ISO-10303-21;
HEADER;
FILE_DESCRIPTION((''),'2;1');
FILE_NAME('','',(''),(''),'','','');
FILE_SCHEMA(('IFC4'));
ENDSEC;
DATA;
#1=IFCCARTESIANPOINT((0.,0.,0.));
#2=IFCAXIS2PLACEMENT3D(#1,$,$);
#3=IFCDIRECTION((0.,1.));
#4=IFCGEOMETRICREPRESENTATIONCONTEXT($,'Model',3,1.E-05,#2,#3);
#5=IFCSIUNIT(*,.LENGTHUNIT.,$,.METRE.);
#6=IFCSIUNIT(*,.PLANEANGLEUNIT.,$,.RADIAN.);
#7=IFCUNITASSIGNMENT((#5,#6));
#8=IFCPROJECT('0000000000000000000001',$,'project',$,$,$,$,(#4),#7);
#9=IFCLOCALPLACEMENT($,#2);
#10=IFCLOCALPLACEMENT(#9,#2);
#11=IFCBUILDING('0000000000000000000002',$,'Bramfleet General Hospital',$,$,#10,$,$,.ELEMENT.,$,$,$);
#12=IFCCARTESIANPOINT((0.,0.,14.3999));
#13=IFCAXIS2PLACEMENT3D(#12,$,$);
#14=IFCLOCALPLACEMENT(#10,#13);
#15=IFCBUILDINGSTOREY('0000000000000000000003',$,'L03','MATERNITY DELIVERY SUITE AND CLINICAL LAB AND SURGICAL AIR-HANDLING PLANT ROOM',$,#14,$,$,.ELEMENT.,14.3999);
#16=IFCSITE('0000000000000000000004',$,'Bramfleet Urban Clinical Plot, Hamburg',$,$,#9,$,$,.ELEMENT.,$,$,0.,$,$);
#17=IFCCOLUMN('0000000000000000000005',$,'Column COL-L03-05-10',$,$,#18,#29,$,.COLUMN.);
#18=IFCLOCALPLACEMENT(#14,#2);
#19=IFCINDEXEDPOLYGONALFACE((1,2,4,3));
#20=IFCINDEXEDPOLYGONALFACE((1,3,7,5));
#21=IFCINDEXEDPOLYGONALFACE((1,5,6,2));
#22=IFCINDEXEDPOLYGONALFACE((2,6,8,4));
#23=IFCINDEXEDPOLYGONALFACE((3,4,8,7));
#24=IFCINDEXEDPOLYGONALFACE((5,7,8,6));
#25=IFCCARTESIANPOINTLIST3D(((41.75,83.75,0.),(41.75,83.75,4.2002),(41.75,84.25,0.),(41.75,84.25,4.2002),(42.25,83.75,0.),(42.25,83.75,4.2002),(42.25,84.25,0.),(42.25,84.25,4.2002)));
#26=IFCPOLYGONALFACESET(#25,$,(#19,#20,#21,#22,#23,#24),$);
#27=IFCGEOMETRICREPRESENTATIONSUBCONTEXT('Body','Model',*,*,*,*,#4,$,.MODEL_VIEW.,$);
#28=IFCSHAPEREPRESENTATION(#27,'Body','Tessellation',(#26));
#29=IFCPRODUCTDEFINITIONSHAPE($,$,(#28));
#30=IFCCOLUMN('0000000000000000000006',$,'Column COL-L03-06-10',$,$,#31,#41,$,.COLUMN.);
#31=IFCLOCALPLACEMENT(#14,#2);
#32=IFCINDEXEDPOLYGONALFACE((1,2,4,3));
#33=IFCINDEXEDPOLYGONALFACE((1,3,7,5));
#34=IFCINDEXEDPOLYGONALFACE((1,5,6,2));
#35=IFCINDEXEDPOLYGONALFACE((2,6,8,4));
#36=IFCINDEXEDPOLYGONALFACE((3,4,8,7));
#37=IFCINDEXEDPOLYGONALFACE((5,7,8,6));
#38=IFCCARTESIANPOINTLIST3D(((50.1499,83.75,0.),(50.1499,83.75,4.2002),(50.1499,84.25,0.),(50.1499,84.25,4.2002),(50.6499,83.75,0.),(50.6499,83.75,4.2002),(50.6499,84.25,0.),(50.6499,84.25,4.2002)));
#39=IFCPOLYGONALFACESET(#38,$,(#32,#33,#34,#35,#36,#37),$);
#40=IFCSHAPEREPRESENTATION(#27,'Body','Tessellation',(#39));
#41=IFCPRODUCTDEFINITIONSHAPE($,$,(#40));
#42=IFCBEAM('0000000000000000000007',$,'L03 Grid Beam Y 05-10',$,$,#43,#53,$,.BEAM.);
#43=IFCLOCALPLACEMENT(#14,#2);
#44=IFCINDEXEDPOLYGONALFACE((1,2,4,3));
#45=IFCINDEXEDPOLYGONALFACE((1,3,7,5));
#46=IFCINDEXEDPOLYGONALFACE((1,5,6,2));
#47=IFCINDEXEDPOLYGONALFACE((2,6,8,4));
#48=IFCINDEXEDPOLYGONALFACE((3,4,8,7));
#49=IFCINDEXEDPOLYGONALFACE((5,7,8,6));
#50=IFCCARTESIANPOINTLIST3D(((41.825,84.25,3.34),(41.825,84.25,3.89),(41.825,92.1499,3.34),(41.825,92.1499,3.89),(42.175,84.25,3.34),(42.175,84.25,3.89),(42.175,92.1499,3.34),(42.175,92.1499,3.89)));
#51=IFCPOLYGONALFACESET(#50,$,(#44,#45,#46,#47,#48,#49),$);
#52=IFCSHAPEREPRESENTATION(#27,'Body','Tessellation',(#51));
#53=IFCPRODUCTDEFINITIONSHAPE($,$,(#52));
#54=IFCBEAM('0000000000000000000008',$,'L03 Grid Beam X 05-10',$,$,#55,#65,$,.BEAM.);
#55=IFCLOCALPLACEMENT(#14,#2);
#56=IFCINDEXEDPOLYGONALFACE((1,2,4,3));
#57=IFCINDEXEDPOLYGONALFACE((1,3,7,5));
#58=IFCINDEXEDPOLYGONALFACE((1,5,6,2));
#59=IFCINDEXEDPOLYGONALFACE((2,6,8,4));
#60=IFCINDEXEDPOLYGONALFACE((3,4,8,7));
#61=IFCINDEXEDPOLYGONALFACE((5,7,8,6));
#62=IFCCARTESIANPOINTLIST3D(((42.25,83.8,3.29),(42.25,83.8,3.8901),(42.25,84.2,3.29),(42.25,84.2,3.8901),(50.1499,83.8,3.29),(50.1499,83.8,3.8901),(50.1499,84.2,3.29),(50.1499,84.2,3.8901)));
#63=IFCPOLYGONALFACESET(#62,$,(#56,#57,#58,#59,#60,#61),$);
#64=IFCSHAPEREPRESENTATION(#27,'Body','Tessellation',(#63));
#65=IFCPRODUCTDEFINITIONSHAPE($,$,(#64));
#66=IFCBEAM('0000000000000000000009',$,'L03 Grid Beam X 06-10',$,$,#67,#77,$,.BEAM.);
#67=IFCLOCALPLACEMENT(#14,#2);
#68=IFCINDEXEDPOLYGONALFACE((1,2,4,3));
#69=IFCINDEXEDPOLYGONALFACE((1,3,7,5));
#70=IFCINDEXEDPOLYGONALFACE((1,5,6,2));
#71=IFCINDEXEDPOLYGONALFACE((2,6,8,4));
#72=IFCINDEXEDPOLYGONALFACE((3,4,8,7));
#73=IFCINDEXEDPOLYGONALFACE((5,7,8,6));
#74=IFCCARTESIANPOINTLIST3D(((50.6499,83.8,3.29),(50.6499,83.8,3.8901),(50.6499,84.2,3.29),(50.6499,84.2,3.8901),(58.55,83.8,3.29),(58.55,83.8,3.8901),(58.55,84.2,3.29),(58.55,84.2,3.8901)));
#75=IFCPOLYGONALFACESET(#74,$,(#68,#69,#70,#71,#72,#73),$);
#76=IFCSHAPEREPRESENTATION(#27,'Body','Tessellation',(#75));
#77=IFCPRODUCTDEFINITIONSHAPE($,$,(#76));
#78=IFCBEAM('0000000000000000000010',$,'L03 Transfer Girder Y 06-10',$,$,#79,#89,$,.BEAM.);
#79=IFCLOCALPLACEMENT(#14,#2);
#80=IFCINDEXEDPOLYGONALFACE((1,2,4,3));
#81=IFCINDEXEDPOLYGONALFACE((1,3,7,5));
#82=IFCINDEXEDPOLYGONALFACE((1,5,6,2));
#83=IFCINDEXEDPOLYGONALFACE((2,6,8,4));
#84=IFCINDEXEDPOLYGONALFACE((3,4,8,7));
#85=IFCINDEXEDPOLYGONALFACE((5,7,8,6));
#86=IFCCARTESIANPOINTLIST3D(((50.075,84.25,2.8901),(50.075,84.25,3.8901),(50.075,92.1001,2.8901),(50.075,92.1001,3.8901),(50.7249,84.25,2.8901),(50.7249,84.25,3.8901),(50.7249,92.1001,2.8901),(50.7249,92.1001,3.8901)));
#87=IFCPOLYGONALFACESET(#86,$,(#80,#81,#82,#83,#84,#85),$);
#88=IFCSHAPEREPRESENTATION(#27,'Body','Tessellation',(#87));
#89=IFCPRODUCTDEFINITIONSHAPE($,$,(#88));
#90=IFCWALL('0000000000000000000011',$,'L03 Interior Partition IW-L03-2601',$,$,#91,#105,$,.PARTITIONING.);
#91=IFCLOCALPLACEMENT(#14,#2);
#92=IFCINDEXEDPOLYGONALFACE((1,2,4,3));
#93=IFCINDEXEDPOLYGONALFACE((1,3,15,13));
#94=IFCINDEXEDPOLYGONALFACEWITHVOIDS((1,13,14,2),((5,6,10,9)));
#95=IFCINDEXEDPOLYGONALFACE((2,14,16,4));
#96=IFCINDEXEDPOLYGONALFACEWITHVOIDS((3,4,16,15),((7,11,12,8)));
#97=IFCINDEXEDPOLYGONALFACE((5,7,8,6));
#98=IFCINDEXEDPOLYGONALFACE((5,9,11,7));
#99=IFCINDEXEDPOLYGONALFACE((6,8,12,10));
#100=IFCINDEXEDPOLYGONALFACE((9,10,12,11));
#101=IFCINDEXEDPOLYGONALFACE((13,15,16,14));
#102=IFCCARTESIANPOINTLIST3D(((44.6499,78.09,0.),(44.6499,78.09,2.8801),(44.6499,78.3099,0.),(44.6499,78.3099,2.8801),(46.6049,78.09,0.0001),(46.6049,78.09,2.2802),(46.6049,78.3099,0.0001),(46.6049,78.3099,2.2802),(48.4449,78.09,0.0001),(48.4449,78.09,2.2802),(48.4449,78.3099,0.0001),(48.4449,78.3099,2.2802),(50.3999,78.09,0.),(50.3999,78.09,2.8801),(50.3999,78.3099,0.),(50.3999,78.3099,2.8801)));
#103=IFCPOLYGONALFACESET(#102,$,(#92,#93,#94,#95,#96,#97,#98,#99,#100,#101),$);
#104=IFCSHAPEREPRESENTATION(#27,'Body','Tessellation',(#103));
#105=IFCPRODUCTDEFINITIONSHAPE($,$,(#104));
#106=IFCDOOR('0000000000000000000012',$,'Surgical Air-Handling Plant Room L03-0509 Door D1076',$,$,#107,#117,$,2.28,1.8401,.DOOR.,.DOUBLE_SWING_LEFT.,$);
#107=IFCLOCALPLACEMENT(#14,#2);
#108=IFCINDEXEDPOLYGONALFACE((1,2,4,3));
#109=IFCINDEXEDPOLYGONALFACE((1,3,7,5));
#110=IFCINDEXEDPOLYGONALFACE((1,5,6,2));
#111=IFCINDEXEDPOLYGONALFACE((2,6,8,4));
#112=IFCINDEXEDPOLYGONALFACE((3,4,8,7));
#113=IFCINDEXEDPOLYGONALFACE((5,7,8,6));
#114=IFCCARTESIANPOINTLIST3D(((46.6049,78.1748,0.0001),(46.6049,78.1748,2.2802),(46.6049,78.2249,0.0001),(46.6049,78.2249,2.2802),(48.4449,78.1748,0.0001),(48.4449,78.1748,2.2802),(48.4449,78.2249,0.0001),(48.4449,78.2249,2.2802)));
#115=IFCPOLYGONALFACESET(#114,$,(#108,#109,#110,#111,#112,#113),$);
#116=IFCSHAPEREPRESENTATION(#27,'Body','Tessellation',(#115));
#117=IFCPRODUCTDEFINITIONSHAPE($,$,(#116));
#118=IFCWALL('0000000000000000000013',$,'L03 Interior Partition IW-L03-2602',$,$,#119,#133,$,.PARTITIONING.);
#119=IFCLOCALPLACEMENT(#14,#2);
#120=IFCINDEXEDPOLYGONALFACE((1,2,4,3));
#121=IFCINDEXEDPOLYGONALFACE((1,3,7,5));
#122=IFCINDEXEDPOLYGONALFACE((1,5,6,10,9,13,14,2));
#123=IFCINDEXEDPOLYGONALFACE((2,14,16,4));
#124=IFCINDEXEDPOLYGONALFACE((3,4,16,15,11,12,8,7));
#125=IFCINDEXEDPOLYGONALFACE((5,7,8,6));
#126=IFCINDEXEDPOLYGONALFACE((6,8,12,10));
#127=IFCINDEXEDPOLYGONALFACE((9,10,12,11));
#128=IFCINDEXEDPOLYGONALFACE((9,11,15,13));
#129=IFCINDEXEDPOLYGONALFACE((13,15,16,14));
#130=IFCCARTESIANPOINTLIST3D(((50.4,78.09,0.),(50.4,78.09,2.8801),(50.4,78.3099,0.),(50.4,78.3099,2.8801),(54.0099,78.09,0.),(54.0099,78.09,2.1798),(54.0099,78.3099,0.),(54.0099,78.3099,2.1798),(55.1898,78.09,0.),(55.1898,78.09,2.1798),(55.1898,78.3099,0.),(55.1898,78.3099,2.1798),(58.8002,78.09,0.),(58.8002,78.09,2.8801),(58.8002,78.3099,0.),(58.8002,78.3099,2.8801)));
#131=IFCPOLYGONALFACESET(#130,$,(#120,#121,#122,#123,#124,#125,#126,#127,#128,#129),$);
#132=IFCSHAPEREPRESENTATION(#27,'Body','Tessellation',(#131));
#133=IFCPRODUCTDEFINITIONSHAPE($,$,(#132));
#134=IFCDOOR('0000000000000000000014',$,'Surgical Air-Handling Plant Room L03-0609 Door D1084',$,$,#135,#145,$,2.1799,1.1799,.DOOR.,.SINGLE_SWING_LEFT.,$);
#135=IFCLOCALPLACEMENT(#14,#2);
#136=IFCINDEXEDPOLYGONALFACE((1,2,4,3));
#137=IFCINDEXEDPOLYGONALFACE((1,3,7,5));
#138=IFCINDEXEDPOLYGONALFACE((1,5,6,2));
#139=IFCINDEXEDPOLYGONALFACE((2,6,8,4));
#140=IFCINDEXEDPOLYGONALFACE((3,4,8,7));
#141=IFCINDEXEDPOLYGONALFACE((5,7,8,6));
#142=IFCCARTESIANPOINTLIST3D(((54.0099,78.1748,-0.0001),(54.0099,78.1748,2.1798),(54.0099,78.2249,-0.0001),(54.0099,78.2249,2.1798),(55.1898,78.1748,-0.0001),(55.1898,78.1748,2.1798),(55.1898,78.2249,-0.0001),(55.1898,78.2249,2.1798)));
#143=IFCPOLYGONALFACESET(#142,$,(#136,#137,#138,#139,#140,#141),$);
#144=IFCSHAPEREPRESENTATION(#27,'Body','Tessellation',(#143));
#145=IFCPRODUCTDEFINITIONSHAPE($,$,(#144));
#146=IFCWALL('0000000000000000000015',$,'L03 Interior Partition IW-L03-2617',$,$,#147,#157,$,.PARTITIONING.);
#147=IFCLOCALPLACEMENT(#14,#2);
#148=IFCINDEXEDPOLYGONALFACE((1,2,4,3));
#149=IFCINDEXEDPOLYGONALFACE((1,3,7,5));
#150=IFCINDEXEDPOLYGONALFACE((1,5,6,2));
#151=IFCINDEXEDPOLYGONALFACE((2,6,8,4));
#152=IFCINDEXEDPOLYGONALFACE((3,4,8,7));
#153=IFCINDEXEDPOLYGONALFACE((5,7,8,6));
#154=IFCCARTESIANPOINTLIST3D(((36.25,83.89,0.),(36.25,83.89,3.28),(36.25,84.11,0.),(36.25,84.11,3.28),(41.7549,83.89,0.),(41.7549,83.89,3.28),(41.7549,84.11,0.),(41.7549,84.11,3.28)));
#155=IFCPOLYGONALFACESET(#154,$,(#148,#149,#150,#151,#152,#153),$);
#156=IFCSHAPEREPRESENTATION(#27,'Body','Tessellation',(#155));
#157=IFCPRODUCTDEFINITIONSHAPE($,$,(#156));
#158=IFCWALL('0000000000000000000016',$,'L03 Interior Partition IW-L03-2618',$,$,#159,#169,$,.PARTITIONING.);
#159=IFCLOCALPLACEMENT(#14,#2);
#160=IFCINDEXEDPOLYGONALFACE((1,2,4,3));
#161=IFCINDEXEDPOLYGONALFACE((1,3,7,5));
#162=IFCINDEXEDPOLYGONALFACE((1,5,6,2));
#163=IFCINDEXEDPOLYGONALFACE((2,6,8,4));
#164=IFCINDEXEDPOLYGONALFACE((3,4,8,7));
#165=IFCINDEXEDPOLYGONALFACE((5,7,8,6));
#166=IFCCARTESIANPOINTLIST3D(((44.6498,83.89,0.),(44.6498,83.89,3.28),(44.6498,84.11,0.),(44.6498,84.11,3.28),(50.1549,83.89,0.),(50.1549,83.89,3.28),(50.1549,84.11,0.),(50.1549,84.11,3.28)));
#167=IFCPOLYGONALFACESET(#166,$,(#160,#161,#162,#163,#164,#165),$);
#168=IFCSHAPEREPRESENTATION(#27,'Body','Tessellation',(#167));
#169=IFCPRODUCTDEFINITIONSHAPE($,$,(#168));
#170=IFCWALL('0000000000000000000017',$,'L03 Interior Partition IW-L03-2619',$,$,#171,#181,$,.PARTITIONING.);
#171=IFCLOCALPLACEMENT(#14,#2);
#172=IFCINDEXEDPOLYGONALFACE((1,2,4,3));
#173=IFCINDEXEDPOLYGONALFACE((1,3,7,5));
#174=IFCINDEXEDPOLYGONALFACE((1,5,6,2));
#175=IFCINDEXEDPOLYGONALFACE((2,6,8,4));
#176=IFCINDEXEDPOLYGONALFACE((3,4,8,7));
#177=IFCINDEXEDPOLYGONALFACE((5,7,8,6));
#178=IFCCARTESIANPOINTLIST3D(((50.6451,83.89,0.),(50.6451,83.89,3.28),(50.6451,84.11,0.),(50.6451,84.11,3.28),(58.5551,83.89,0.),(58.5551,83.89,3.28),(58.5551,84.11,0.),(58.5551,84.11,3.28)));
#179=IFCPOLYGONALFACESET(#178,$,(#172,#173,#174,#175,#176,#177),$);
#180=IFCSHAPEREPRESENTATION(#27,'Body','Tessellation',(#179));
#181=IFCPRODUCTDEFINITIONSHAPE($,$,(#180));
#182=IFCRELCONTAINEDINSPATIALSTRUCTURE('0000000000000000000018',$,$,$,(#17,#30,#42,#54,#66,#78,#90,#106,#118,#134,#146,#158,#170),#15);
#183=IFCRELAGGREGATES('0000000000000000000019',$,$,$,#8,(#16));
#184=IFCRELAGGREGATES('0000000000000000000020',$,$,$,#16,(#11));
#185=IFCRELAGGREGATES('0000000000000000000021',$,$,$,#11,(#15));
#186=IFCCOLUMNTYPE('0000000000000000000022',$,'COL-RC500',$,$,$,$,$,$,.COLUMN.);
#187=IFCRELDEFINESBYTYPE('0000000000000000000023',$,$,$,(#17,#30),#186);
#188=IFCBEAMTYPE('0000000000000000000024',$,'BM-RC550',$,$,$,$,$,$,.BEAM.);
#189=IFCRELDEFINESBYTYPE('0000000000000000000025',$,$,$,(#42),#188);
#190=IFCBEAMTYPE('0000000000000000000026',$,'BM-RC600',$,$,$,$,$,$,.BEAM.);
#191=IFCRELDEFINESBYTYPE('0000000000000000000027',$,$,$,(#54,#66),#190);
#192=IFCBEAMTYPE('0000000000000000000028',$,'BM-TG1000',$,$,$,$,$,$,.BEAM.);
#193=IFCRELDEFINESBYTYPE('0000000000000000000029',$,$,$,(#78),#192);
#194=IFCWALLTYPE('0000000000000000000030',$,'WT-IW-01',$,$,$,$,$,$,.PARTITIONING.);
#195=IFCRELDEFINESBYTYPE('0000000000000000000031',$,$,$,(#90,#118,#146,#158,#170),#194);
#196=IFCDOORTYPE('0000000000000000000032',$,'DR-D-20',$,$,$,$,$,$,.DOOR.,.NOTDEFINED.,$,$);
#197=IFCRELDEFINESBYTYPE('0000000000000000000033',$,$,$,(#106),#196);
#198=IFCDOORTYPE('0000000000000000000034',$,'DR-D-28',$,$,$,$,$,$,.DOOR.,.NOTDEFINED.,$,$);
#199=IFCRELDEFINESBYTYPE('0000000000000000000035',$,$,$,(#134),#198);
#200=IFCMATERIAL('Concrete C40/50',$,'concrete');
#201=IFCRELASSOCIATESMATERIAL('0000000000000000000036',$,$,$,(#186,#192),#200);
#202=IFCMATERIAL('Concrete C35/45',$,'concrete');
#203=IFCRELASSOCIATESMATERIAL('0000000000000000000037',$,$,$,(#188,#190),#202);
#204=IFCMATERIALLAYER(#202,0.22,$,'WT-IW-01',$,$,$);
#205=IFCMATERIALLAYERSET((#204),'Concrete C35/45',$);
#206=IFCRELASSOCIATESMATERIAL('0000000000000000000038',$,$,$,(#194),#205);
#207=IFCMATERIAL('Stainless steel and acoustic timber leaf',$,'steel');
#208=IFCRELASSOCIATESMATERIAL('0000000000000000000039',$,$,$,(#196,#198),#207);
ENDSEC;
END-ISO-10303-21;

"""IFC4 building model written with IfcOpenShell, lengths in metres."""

from ifc_helpers import new_model, si_unit, direction, frame, frame_2d, origin, origin_2d, place, context, subcontext, project, spatial, rectangle, extrude, material, layer, layer_set, material_profile, profile_set, type_object, element, fill, save


model = new_model("IFC4")

# Units and contexts
model_context = context("Model", 3, precision=1e-05, world=origin(), true_north=direction((0.0, 1.0)))
body_context = subcontext(model_context, "Body", "Model", "MODEL_VIEW")
ifc_project = project(units=[si_unit("LENGTHUNIT", "METRE"), si_unit("PLANEANGLEUNIT", "RADIAN")], contexts=[model_context])

# Site, building, storey
site_placement = place(None, origin())
site = spatial("IfcSite", under=ifc_project, at=site_placement, Name="Bramfleet Urban Clinical Plot, Hamburg", CompositionType="ELEMENT", RefElevation=0.0)
building_placement = place(site_placement, origin())
building = spatial("IfcBuilding", under=site, at=building_placement, Name="Bramfleet General Hospital", CompositionType="ELEMENT")
storey_placement = place(building_placement, frame((0.0, 0.0, 14.3999)))
storey = spatial("IfcBuildingStorey", under=building, at=storey_placement, Name="L03", Description="MATERNITY DELIVERY SUITE AND CLINICAL LAB AND SURGICAL AIR-HANDLING PLANT ROOM", CompositionType="ELEMENT", Elevation=14.3999)

# Columns
ifc_material_1 = material(Name="Concrete C40/50", Category="concrete")
ifc_material_profile_1 = material_profile(ifc_material_1, rectangle(XDim=0.5, YDim=0.5, at=origin_2d()), Name="RC COL 500x500")
ifc_profile_set_1 = profile_set([ifc_material_profile_1], Name="Concrete C40/50")
column_type = type_object("IfcColumnType", Name="COL-RC500", PredefinedType="COLUMN", material=ifc_profile_set_1)
for number, where, z_axis, x_axis, name in (
    (1, (42.0, 84.0, 0.0), (0.0, 0.0, 1.0), (1.0, 0.0, 0.0), "Column COL-L03-05-10"),
    (2, (50.3999, 84.0, 0.0), (0.0, 0.0, 1.0), (1.0, 0.0, 0.0), "Column COL-L03-06-10"),
):
    element("IfcColumn", number, at=place(storey_placement, frame(where, z_axis=z_axis, x_axis=x_axis)), inside=storey, type_object=column_type, Name=name, PredefinedType="COLUMN", context=body_context, shape_type="SweptSolid", body=[
        extrude(rectangle(XDim=0.5, YDim=0.5, at=origin_2d()), origin(), (0.0, 0.0, 1.0), 4.2002),
    ])

# Beams
ifc_material_2 = material(Name="Concrete C35/45", Category="concrete")
ifc_material_profile_2 = material_profile(ifc_material_2, rectangle(XDim=0.3501, YDim=0.55, at=origin_2d()), Name="RC BM 550x350")
ifc_profile_set_2 = profile_set([ifc_material_profile_2], Name="Concrete C35/45")
beam_type_1 = type_object("IfcBeamType", Name="BM-RC550", PredefinedType="BEAM", material=ifc_profile_set_2)
beam_1_placement = place(storey_placement, frame((42.0, 84.25, 3.615), z_axis=(0.0, 1.0, 0.0), x_axis=(-1.0, 0.0, 0.0)))
element("IfcBeam", 3, at=beam_1_placement, inside=storey, type_object=beam_type_1, Name="L03 Grid Beam Y 05-10", PredefinedType="BEAM", context=body_context, shape_type="SweptSolid", body=[
    extrude(rectangle(XDim=0.3501, YDim=0.55, at=origin_2d()), origin(), (0.0, 0.0, 1.0), 7.8999),
])
ifc_material_profile_3 = material_profile(ifc_material_2, rectangle(XDim=0.3999, YDim=0.6001, at=origin_2d()), Name="RC BM 600x400")
ifc_profile_set_3 = profile_set([ifc_material_profile_3], Name="Concrete C35/45")
beam_type_2 = type_object("IfcBeamType", Name="BM-RC600", PredefinedType="BEAM", material=ifc_profile_set_3)
beam_2_placement = place(storey_placement, frame((42.25, 84.0, 3.5901), z_axis=(1.0, 0.0, 0.0), x_axis=(0.0, 1.0, 0.0)))
element("IfcBeam", 4, at=beam_2_placement, inside=storey, type_object=beam_type_2, Name="L03 Grid Beam X 05-10", PredefinedType="BEAM", context=body_context, shape_type="SweptSolid", body=[
    extrude(rectangle(XDim=0.3999, YDim=0.6001, at=origin_2d()), origin(), (0.0, 0.0, 1.0), 7.8999),
])
beam_3_placement = place(storey_placement, frame((50.6499, 84.0, 3.5901), z_axis=(1.0, 0.0, 0.0), x_axis=(0.0, 1.0, 0.0)))
element("IfcBeam", 5, at=beam_3_placement, inside=storey, type_object=beam_type_2, Name="L03 Grid Beam X 06-10", PredefinedType="BEAM", context=body_context, shape_type="SweptSolid", body=[
    extrude(rectangle(XDim=0.3999, YDim=0.6001, at=origin_2d()), origin(), (0.0, 0.0, 1.0), 7.9001),
])
ifc_material_profile_4 = material_profile(ifc_material_1, rectangle(XDim=0.6499, YDim=1.0, at=origin_2d()), Name="RC TG 1000x650")
ifc_profile_set_4 = profile_set([ifc_material_profile_4], Name="Concrete C40/50")
beam_type_3 = type_object("IfcBeamType", Name="BM-TG1000", PredefinedType="BEAM", material=ifc_profile_set_4)
beam_4_placement = place(storey_placement, frame((50.3999, 84.25, 3.3901), z_axis=(0.0, 1.0, 0.0), x_axis=(-1.0, 0.0, 0.0)))
element("IfcBeam", 6, at=beam_4_placement, inside=storey, type_object=beam_type_3, Name="L03 Transfer Girder Y 06-10", PredefinedType="BEAM", context=body_context, shape_type="SweptSolid", body=[
    extrude(rectangle(XDim=0.6499, YDim=1.0, at=origin_2d()), origin(), (0.0, 0.0, 1.0), 7.8501),
])

# Walls, openings, doors
ifc_layer_1 = layer(ifc_material_2, 0.22, Name="WT-IW-01")
ifc_layer_set_1 = layer_set([ifc_layer_1], Name="Concrete C35/45")
wall_type_1 = type_object("IfcWallType", Name="WT-IW-01", PredefinedType="PARTITIONING", material=ifc_layer_set_1)
wall_1_placement = place(storey_placement, frame((44.6499, 78.2, 0.0), z_axis=(0.0, 0.0, 1.0), x_axis=(1.0, 0.0, 0.0)))
wall_1 = element("IfcWall", 7, at=wall_1_placement, inside=storey, type_object=wall_type_1, Name="L03 Interior Partition IW-L03-2601", PredefinedType="PARTITIONING", context=body_context, shape_type="SweptSolid", body=[
    extrude(rectangle(XDim=5.75, YDim=0.22, at=frame_2d((2.875, 0.0))), origin(), (0.0, 0.0, 1.0), 2.8801),
])
opening_1_placement = place(wall_1_placement, frame((1.9551, 0.0, 0.0)))
opening_1 = element("IfcOpeningElement", 8, at=opening_1_placement, cuts=wall_1, PredefinedType="OPENING", context=body_context, shape_type="SweptSolid", body=[
    extrude(rectangle(XDim=1.8401, YDim=2.28, at=frame_2d((0.9199, 1.1401))), frame((0.0, 0.1199, 0.0), z_axis=(0.0, -1.0, 0.0), x_axis=(1.0, 0.0, 0.0)), (0.0, 0.0, 1.0), 0.24),
])
ifc_material_3 = material(Name="Stainless steel and acoustic timber leaf", Category="steel")
door_type_1 = type_object("IfcDoorType", Name="DR-D-20", OperationType="NOTDEFINED", PredefinedType="DOOR", material=ifc_material_3)
door_1_placement = place(opening_1_placement, origin())
door_1 = element("IfcDoor", 9, at=door_1_placement, inside=storey, type_object=door_type_1, Name="Surgical Air-Handling Plant Room L03-0509 Door D1076", OperationType="DOUBLE_SWING_LEFT", OverallHeight=2.28, OverallWidth=1.8401, PredefinedType="DOOR", context=body_context, shape_type="SweptSolid", body=[
    extrude(rectangle(XDim=1.8401, YDim=2.28, at=frame_2d((0.9199, 1.1401))), frame((0.0, 0.0249, 0.0), z_axis=(0.0, -1.0, 0.0), x_axis=(1.0, 0.0, 0.0)), (0.0, 0.0, 1.0), 0.05),
])
fill(opening_1, door_1)
wall_2_placement = place(storey_placement, frame((50.3999, 78.2, 0.0), z_axis=(0.0, 0.0, 1.0), x_axis=(1.0, 0.0, 0.0)))
wall_2 = element("IfcWall", 10, at=wall_2_placement, inside=storey, type_object=wall_type_1, Name="L03 Interior Partition IW-L03-2602", PredefinedType="PARTITIONING", context=body_context, shape_type="SweptSolid", body=[
    extrude(rectangle(XDim=8.4001, YDim=0.22, at=frame_2d((4.2002, 0.0))), origin(), (0.0, 0.0, 1.0), 2.8801),
])
opening_2_placement = place(wall_2_placement, frame((3.6101, 0.0, 0.0)))
opening_2 = element("IfcOpeningElement", 11, at=opening_2_placement, cuts=wall_2, PredefinedType="OPENING", context=body_context, shape_type="SweptSolid", body=[
    extrude(rectangle(XDim=1.1799, YDim=2.1799, at=frame_2d((0.5898, 1.0898))), frame((0.0, 0.1199, 0.0), z_axis=(0.0, -1.0, 0.0), x_axis=(1.0, 0.0, 0.0)), (0.0, 0.0, 1.0), 0.24),
])
door_type_2 = type_object("IfcDoorType", Name="DR-D-28", OperationType="NOTDEFINED", PredefinedType="DOOR", material=ifc_material_3)
door_2_placement = place(opening_2_placement, origin())
door_2 = element("IfcDoor", 12, at=door_2_placement, inside=storey, type_object=door_type_2, Name="Surgical Air-Handling Plant Room L03-0609 Door D1084", OperationType="SINGLE_SWING_LEFT", OverallHeight=2.1799, OverallWidth=1.1799, PredefinedType="DOOR", context=body_context, shape_type="SweptSolid", body=[
    extrude(rectangle(XDim=1.1799, YDim=2.1799, at=frame_2d((0.5898, 1.0898))), frame((0.0, 0.0249, 0.0), z_axis=(0.0, -1.0, 0.0), x_axis=(1.0, 0.0, 0.0)), (0.0, 0.0, 1.0), 0.05),
])
fill(opening_2, door_2)

# Walls
wall_3_placement = place(storey_placement, frame((36.25, 84.0, 0.0), z_axis=(0.0, 0.0, 1.0), x_axis=(1.0, 0.0, 0.0)))
element("IfcWall", 13, at=wall_3_placement, inside=storey, type_object=wall_type_1, Name="L03 Interior Partition IW-L03-2617", PredefinedType="PARTITIONING", context=body_context, shape_type="SweptSolid", body=[
    extrude(rectangle(XDim=5.5049, YDim=0.22, at=frame_2d((2.7524, 0.0))), origin(), (0.0, 0.0, 1.0), 3.28),
])
wall_4_placement = place(storey_placement, frame((44.6499, 84.0, 0.0), z_axis=(0.0, 0.0, 1.0), x_axis=(1.0, 0.0, 0.0)))
element("IfcWall", 14, at=wall_4_placement, inside=storey, type_object=wall_type_1, Name="L03 Interior Partition IW-L03-2618", PredefinedType="PARTITIONING", context=body_context, shape_type="SweptSolid", body=[
    extrude(rectangle(XDim=5.5051, YDim=0.22, at=frame_2d((2.7524, 0.0))), origin(), (0.0, 0.0, 1.0), 3.28),
])
wall_5_placement = place(storey_placement, frame((50.645, 84.0, 0.0), z_axis=(0.0, 0.0, 1.0), x_axis=(1.0, 0.0, 0.0)))
element("IfcWall", 15, at=wall_5_placement, inside=storey, type_object=wall_type_1, Name="L03 Interior Partition IW-L03-2619", PredefinedType="PARTITIONING", context=body_context, shape_type="SweptSolid", body=[
    extrude(rectangle(XDim=7.9099, YDim=0.22, at=frame_2d((3.9551, 0.0))), origin(), (0.0, 0.0, 1.0), 3.28),
])

save(model, "model.ifc")
